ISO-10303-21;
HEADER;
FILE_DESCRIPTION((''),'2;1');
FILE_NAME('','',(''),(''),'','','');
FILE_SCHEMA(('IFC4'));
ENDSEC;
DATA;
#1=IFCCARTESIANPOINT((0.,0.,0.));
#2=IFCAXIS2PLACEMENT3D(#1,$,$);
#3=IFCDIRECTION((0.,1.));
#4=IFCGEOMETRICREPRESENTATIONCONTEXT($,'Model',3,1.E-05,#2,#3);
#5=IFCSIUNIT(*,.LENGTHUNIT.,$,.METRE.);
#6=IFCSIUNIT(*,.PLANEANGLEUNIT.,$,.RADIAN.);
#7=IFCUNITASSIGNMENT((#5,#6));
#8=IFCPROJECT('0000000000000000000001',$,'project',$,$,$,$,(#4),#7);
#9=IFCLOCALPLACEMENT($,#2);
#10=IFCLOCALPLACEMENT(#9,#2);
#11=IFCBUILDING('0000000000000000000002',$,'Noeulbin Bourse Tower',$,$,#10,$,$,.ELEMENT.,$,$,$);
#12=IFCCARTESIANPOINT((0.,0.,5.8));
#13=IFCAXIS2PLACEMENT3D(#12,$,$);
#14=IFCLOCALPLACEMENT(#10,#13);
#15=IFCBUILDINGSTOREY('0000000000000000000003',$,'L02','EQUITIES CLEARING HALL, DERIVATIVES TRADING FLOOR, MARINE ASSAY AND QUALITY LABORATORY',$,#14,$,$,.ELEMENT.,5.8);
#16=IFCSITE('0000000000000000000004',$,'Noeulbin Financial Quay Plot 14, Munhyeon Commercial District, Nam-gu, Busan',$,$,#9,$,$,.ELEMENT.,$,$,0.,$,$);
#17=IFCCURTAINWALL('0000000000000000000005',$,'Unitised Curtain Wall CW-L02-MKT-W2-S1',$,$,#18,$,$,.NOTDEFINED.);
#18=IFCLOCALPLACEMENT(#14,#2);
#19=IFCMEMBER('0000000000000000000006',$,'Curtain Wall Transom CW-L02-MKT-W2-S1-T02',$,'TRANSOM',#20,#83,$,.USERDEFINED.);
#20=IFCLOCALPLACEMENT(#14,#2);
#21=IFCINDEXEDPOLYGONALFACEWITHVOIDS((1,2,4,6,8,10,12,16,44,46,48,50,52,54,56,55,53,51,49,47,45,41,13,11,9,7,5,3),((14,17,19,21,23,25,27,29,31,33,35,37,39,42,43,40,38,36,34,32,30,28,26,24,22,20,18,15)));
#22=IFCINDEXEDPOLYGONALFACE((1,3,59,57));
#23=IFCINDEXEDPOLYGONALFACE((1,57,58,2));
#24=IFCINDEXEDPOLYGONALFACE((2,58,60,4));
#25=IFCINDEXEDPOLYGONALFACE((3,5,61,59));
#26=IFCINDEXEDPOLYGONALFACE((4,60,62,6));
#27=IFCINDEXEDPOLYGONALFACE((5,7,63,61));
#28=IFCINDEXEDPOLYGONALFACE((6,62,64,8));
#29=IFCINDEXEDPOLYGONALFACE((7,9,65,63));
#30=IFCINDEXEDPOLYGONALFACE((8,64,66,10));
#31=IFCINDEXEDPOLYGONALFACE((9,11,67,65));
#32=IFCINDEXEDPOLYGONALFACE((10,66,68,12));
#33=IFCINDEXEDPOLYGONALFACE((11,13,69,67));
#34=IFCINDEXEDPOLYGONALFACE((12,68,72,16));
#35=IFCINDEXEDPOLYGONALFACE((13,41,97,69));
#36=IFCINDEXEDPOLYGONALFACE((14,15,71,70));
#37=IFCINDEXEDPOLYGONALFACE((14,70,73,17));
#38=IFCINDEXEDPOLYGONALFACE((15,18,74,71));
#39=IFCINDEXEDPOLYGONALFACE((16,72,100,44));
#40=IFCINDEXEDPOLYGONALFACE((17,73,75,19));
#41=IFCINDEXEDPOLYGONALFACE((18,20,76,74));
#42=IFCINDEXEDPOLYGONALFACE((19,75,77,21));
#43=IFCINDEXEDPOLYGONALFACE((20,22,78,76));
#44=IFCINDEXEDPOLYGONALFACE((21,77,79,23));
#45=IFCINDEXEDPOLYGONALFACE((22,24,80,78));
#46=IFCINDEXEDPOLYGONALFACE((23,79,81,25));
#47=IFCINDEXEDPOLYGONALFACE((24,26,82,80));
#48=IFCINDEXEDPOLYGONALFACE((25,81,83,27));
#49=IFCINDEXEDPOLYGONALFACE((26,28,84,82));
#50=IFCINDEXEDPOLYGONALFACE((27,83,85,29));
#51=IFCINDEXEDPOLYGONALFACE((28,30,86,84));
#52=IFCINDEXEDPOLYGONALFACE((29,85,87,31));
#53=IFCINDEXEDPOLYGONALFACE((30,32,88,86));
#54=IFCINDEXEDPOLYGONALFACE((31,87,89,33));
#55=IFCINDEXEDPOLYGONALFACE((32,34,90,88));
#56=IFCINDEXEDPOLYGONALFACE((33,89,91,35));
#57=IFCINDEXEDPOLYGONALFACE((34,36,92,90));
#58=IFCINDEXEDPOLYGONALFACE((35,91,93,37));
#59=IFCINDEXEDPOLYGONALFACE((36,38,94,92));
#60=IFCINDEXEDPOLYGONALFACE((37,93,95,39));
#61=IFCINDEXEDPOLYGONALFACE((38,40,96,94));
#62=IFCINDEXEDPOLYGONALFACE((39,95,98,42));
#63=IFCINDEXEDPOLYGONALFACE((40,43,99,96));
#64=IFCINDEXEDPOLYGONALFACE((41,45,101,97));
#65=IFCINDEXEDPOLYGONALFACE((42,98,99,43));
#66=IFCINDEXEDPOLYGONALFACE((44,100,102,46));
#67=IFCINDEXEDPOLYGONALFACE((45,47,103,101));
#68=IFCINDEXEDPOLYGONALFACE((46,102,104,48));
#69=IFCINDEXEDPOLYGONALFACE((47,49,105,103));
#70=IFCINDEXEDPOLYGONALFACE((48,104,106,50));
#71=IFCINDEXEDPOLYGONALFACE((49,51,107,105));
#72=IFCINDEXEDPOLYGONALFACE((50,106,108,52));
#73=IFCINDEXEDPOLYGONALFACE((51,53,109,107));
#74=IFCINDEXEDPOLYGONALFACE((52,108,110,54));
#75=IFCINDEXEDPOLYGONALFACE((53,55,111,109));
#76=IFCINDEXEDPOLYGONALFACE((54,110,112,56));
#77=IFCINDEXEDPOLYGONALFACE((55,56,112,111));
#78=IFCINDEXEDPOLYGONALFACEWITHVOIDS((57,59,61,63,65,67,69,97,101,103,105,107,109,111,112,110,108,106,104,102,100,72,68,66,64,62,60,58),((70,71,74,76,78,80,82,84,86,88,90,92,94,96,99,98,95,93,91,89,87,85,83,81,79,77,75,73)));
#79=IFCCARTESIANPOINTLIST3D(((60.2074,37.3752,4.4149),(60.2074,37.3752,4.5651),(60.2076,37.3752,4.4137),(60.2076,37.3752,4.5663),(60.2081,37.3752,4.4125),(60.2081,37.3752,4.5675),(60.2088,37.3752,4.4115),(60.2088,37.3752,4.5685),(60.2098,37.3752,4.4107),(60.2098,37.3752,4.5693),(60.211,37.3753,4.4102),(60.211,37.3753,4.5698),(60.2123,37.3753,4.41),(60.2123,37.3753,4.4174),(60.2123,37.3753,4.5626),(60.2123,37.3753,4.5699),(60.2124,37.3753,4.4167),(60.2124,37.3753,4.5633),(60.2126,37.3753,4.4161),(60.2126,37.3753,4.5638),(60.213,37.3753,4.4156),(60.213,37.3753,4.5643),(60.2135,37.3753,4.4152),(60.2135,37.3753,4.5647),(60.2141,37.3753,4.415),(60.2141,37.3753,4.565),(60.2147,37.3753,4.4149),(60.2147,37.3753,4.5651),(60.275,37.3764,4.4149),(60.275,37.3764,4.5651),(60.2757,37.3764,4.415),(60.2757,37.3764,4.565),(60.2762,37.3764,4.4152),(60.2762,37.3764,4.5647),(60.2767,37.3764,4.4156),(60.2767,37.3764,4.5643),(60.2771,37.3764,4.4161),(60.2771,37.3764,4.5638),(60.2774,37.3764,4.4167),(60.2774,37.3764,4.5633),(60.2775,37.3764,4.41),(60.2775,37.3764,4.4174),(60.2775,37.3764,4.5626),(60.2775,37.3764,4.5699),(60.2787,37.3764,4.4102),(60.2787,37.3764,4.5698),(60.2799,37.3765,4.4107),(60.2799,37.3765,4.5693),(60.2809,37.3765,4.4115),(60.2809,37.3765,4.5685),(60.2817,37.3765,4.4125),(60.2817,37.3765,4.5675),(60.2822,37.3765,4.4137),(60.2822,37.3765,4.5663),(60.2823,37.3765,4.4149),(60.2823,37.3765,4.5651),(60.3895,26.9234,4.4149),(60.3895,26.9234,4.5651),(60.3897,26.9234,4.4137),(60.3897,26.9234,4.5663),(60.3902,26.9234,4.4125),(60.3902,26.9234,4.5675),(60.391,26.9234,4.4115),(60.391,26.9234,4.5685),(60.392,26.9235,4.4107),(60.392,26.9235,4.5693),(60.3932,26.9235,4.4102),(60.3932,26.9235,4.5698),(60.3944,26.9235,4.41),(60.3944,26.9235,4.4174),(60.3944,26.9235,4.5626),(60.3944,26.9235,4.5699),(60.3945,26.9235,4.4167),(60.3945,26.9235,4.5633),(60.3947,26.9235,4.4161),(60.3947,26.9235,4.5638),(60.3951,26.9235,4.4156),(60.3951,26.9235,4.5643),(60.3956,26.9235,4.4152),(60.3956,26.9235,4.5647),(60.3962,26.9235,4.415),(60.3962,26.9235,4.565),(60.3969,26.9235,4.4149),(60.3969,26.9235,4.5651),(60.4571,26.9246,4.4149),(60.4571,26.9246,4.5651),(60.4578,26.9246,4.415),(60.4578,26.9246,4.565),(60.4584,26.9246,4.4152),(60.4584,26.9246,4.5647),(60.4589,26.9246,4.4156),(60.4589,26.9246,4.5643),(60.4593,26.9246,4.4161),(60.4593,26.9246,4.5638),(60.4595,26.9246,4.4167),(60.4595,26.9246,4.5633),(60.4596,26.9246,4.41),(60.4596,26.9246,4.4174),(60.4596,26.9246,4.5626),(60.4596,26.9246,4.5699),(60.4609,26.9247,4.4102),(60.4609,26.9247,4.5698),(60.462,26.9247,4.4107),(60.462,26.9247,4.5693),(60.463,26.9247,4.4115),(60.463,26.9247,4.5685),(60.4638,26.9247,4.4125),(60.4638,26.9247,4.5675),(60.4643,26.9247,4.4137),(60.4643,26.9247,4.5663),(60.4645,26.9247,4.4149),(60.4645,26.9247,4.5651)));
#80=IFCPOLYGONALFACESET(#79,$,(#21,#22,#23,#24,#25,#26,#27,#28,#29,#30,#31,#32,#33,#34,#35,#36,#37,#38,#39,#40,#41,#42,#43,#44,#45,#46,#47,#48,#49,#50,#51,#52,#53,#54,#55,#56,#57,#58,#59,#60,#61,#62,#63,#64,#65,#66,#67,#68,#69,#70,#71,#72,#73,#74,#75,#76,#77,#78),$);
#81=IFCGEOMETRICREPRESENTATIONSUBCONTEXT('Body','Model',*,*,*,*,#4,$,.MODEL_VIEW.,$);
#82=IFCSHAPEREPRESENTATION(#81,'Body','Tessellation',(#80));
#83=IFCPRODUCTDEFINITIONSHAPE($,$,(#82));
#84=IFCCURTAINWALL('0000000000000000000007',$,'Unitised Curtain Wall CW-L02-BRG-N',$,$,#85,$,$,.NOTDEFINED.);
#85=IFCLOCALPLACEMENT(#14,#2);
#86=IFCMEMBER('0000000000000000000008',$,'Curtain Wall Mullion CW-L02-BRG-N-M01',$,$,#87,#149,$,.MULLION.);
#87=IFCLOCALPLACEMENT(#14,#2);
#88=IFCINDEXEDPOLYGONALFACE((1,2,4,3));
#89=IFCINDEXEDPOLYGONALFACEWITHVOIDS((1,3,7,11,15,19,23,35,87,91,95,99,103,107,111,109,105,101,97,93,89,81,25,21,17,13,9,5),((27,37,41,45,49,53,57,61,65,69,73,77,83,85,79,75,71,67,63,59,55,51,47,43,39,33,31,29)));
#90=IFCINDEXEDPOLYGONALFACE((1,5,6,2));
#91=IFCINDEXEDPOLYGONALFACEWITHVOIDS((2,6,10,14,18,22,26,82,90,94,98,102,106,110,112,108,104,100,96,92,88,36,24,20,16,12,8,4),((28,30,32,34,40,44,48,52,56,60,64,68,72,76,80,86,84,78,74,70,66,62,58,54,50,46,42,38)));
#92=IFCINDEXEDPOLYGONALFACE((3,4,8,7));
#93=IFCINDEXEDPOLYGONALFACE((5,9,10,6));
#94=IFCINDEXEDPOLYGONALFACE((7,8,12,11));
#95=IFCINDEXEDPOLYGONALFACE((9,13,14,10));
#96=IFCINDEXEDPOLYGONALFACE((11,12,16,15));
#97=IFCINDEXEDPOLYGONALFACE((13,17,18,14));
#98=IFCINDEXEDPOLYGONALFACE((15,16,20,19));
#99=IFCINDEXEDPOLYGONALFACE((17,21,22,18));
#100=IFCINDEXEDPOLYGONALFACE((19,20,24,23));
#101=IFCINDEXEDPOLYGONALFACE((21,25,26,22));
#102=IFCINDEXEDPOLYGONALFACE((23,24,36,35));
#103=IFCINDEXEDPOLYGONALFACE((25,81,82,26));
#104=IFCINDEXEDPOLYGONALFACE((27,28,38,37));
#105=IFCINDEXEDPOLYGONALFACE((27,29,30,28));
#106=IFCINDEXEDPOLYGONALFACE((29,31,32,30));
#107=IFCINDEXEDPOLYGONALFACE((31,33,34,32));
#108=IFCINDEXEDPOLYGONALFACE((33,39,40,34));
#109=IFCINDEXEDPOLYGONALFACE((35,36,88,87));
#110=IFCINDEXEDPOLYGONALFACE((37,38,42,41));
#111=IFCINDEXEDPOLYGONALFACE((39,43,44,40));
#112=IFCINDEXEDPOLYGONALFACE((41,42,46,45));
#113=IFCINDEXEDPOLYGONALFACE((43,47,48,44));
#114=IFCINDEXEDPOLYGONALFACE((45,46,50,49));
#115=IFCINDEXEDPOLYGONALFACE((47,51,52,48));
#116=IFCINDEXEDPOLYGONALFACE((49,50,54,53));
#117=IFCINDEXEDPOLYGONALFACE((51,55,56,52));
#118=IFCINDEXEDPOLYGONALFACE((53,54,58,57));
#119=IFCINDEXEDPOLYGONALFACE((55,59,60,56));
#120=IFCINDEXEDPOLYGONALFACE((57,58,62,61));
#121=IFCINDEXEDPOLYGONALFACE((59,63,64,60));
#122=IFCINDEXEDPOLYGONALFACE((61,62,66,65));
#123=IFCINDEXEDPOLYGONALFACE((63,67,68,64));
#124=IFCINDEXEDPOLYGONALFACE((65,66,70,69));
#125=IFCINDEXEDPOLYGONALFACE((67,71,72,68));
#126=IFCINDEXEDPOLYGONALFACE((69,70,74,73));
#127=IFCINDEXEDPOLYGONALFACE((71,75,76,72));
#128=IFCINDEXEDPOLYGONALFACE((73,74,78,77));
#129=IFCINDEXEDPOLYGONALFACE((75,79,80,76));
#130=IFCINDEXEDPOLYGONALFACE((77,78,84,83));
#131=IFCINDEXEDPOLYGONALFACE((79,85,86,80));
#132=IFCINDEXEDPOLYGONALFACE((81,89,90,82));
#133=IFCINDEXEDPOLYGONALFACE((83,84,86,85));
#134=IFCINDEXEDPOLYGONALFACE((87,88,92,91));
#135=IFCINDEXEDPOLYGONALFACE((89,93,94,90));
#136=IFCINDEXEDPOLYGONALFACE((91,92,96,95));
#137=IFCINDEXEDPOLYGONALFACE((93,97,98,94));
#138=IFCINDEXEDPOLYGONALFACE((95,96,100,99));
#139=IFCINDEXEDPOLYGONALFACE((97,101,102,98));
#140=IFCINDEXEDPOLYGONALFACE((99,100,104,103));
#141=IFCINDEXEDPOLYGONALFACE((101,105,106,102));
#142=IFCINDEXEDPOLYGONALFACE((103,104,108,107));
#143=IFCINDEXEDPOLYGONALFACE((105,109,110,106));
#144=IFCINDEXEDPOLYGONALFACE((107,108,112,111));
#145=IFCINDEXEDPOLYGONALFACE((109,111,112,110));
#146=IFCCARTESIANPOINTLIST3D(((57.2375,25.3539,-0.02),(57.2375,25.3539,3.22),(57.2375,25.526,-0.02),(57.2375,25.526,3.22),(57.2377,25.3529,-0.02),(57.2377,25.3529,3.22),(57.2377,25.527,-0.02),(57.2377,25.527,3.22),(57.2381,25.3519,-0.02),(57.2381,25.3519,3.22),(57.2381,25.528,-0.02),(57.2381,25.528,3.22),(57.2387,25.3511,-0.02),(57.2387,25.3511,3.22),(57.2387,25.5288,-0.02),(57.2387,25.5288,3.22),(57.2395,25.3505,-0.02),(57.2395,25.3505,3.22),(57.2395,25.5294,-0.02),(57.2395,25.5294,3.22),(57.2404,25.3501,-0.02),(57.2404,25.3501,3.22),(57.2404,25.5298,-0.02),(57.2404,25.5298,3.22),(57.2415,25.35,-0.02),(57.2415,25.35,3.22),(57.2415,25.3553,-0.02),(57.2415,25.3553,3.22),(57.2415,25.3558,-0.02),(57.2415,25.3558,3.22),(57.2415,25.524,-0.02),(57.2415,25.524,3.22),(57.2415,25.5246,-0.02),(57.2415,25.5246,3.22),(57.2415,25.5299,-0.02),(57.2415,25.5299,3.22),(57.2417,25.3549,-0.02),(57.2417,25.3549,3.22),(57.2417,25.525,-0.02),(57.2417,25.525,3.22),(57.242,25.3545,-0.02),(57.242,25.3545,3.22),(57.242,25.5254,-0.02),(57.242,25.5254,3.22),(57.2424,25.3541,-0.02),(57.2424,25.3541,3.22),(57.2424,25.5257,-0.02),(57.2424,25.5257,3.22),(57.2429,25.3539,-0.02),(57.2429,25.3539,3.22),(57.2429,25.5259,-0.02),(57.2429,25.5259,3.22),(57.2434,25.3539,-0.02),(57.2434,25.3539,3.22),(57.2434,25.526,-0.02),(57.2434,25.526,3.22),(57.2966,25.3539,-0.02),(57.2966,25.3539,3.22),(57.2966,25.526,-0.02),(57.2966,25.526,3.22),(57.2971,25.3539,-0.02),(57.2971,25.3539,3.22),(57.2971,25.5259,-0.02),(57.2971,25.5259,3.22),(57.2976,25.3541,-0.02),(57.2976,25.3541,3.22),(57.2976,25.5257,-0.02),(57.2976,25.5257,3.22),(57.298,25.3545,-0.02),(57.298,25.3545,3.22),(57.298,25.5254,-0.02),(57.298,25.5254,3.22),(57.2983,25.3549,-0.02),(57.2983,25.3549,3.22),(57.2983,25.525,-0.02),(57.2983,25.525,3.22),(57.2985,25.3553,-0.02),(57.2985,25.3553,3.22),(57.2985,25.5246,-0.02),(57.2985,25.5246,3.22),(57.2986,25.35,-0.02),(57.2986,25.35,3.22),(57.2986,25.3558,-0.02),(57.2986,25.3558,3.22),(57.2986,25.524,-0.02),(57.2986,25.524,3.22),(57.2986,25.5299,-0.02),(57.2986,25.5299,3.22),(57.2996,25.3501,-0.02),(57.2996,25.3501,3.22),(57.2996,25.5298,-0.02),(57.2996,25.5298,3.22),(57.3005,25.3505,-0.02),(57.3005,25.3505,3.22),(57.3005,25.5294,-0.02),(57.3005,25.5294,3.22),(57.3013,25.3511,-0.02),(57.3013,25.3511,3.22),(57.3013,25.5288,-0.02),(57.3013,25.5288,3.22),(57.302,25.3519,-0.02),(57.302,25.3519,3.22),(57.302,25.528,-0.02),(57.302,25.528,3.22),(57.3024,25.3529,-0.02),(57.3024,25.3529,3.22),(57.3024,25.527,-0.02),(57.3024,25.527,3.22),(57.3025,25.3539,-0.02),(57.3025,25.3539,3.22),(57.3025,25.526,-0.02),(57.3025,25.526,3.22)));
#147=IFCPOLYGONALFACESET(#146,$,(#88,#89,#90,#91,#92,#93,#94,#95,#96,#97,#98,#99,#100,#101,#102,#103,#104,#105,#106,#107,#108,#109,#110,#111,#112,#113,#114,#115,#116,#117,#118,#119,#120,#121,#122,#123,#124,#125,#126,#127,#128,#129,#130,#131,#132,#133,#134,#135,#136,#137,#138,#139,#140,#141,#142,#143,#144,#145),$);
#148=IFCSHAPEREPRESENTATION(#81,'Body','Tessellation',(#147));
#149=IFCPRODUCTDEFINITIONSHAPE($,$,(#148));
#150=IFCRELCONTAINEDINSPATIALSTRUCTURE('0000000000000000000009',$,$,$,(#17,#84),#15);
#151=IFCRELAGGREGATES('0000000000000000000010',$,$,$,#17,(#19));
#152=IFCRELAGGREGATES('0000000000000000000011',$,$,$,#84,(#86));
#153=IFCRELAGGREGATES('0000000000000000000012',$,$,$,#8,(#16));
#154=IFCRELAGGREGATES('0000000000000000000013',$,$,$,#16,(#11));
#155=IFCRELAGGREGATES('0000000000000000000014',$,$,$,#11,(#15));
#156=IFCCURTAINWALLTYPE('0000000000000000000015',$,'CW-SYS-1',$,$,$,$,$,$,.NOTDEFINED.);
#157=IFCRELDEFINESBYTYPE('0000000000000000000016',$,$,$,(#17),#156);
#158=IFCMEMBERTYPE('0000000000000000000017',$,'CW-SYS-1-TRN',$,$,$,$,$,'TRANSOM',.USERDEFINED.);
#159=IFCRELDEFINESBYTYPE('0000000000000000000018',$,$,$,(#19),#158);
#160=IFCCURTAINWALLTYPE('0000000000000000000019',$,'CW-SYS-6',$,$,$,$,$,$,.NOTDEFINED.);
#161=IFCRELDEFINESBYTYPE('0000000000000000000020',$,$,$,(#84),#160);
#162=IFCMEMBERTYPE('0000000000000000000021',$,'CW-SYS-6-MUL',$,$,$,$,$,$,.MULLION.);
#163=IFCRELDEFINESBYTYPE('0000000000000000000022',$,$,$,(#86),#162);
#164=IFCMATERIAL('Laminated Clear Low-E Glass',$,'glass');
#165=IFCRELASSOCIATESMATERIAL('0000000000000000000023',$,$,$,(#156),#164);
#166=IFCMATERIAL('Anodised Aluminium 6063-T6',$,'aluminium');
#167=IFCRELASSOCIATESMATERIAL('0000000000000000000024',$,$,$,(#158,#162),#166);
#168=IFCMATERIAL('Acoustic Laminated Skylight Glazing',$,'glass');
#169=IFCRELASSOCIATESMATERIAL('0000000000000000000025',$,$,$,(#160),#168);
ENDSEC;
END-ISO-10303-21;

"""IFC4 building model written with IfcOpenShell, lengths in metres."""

from ifc_helpers import new_model, si_unit, direction, frame, origin, origin_2d, place, context, subcontext, project, spatial, hollow_rectangle, extrude, material, material_profile, profile_set, type_object, element, aggregate, save


model = new_model("IFC4")

# Units and contexts
model_context = context("Model", 3, precision=1e-05, world=origin(), true_north=direction((0.0, 1.0)))
body_context = subcontext(model_context, "Body", "Model", "MODEL_VIEW")
ifc_project = project(units=[si_unit("LENGTHUNIT", "METRE"), si_unit("PLANEANGLEUNIT", "RADIAN")], contexts=[model_context])

# Site, building, storey
site_placement = place(None, origin())
site = spatial("IfcSite", under=ifc_project, at=site_placement, Name="Noeulbin Financial Quay Plot 14, Munhyeon Commercial District, Nam-gu, Busan", CompositionType="ELEMENT", RefElevation=0.0)
building_placement = place(site_placement, origin())
building = spatial("IfcBuilding", under=site, at=building_placement, Name="Noeulbin Bourse Tower", CompositionType="ELEMENT")
storey_placement = place(building_placement, frame((0.0, 0.0, 5.8)))
storey = spatial("IfcBuildingStorey", under=building, at=storey_placement, Name="L02", Description="EQUITIES CLEARING HALL, DERIVATIVES TRADING FLOOR, MARINE ASSAY AND QUALITY LABORATORY", CompositionType="ELEMENT", Elevation=5.8)

# Curtain walls, members
ifc_material_1 = material(Name="Laminated Clear Low-E Glass", Category="glass")
curtain_wall_type_1 = type_object("IfcCurtainWallType", Name="CW-SYS-1", PredefinedType="NOTDEFINED", material=ifc_material_1)
curtain_wall_1_placement = place(storey_placement, origin())
curtain_wall_1 = element("IfcCurtainWall", 1, at=curtain_wall_1_placement, inside=storey, type_object=curtain_wall_type_1, Name="Unitised Curtain Wall CW-L02-MKT-W2-S1", PredefinedType="NOTDEFINED")
ifc_material_2 = material(Name="Anodised Aluminium 6063-T6", Category="aluminium")
ifc_material_profile_1 = material_profile(ifc_material_2, hollow_rectangle(XDim=0.075, YDim=0.1599, WallThickness=0.0049, InnerFilletRadius=0.0024, OuterFilletRadius=0.0049, at=origin_2d()), Name="ALU-TRAN-75x160x5", Category="LoadBearing")
ifc_profile_set_1 = profile_set([ifc_material_profile_1], Name="Anodised Aluminium 6063-T6")
member_type_1 = type_object("IfcMemberType", Name="CW-SYS-1-TRN", ElementType="TRANSOM", PredefinedType="USERDEFINED", material=ifc_profile_set_1)
member_1_placement = place(storey_placement, frame((60.427, 26.9241, 4.49), z_axis=(-0.017423, 0.999848, 0.0), x_axis=(-0.999848, -0.017423, 0.0)))
member_1 = element("IfcMember", 2, at=member_1_placement, type_object=member_type_1, Name="Curtain Wall Transom CW-L02-MKT-W2-S1-T02", ObjectType="TRANSOM", PredefinedType="USERDEFINED", context=body_context, shape_type="SweptSolid", body=[
    extrude(hollow_rectangle(XDim=0.075, YDim=0.1599, WallThickness=0.0049, InnerFilletRadius=0.0024, OuterFilletRadius=0.0049, at=origin_2d()), origin(), (0.0, 0.0, 1.0), 10.4534),
])
ifc_material_3 = material(Name="Acoustic Laminated Skylight Glazing", Category="glass")
curtain_wall_type_2 = type_object("IfcCurtainWallType", Name="CW-SYS-6", PredefinedType="NOTDEFINED", material=ifc_material_3)
curtain_wall_2_placement = place(storey_placement, origin())
curtain_wall_2 = element("IfcCurtainWall", 3, at=curtain_wall_2_placement, inside=storey, type_object=curtain_wall_type_2, Name="Unitised Curtain Wall CW-L02-BRG-N", PredefinedType="NOTDEFINED")
ifc_material_profile_2 = material_profile(ifc_material_2, hollow_rectangle(XDim=0.0649, YDim=0.1799, WallThickness=0.0039, InnerFilletRadius=0.002, OuterFilletRadius=0.0039, at=origin_2d()), Name="ALU-MULL-65x180x4", Category="LoadBearing")
ifc_profile_set_2 = profile_set([ifc_material_profile_2], Name="Anodised Aluminium 6063-T6")
member_type_2 = type_object("IfcMemberType", Name="CW-SYS-6-MUL", PredefinedType="MULLION", material=ifc_profile_set_2)
member_2_placement = place(storey_placement, frame((57.27, 25.4399, -0.02), z_axis=(0.0, 0.0, 1.0), x_axis=(1.0, 0.0, 0.0)))
member_2 = element("IfcMember", 4, at=member_2_placement, type_object=member_type_2, Name="Curtain Wall Mullion CW-L02-BRG-N-M01", PredefinedType="MULLION", context=body_context, shape_type="SweptSolid", body=[
    extrude(hollow_rectangle(XDim=0.0649, YDim=0.1799, WallThickness=0.0039, InnerFilletRadius=0.002, OuterFilletRadius=0.0039, at=origin_2d()), origin(), (0.0, 0.0, 1.0), 3.24),
])

aggregate(curtain_wall_1, [member_1])
aggregate(curtain_wall_2, [member_2])

save(model, "model.ifc")
